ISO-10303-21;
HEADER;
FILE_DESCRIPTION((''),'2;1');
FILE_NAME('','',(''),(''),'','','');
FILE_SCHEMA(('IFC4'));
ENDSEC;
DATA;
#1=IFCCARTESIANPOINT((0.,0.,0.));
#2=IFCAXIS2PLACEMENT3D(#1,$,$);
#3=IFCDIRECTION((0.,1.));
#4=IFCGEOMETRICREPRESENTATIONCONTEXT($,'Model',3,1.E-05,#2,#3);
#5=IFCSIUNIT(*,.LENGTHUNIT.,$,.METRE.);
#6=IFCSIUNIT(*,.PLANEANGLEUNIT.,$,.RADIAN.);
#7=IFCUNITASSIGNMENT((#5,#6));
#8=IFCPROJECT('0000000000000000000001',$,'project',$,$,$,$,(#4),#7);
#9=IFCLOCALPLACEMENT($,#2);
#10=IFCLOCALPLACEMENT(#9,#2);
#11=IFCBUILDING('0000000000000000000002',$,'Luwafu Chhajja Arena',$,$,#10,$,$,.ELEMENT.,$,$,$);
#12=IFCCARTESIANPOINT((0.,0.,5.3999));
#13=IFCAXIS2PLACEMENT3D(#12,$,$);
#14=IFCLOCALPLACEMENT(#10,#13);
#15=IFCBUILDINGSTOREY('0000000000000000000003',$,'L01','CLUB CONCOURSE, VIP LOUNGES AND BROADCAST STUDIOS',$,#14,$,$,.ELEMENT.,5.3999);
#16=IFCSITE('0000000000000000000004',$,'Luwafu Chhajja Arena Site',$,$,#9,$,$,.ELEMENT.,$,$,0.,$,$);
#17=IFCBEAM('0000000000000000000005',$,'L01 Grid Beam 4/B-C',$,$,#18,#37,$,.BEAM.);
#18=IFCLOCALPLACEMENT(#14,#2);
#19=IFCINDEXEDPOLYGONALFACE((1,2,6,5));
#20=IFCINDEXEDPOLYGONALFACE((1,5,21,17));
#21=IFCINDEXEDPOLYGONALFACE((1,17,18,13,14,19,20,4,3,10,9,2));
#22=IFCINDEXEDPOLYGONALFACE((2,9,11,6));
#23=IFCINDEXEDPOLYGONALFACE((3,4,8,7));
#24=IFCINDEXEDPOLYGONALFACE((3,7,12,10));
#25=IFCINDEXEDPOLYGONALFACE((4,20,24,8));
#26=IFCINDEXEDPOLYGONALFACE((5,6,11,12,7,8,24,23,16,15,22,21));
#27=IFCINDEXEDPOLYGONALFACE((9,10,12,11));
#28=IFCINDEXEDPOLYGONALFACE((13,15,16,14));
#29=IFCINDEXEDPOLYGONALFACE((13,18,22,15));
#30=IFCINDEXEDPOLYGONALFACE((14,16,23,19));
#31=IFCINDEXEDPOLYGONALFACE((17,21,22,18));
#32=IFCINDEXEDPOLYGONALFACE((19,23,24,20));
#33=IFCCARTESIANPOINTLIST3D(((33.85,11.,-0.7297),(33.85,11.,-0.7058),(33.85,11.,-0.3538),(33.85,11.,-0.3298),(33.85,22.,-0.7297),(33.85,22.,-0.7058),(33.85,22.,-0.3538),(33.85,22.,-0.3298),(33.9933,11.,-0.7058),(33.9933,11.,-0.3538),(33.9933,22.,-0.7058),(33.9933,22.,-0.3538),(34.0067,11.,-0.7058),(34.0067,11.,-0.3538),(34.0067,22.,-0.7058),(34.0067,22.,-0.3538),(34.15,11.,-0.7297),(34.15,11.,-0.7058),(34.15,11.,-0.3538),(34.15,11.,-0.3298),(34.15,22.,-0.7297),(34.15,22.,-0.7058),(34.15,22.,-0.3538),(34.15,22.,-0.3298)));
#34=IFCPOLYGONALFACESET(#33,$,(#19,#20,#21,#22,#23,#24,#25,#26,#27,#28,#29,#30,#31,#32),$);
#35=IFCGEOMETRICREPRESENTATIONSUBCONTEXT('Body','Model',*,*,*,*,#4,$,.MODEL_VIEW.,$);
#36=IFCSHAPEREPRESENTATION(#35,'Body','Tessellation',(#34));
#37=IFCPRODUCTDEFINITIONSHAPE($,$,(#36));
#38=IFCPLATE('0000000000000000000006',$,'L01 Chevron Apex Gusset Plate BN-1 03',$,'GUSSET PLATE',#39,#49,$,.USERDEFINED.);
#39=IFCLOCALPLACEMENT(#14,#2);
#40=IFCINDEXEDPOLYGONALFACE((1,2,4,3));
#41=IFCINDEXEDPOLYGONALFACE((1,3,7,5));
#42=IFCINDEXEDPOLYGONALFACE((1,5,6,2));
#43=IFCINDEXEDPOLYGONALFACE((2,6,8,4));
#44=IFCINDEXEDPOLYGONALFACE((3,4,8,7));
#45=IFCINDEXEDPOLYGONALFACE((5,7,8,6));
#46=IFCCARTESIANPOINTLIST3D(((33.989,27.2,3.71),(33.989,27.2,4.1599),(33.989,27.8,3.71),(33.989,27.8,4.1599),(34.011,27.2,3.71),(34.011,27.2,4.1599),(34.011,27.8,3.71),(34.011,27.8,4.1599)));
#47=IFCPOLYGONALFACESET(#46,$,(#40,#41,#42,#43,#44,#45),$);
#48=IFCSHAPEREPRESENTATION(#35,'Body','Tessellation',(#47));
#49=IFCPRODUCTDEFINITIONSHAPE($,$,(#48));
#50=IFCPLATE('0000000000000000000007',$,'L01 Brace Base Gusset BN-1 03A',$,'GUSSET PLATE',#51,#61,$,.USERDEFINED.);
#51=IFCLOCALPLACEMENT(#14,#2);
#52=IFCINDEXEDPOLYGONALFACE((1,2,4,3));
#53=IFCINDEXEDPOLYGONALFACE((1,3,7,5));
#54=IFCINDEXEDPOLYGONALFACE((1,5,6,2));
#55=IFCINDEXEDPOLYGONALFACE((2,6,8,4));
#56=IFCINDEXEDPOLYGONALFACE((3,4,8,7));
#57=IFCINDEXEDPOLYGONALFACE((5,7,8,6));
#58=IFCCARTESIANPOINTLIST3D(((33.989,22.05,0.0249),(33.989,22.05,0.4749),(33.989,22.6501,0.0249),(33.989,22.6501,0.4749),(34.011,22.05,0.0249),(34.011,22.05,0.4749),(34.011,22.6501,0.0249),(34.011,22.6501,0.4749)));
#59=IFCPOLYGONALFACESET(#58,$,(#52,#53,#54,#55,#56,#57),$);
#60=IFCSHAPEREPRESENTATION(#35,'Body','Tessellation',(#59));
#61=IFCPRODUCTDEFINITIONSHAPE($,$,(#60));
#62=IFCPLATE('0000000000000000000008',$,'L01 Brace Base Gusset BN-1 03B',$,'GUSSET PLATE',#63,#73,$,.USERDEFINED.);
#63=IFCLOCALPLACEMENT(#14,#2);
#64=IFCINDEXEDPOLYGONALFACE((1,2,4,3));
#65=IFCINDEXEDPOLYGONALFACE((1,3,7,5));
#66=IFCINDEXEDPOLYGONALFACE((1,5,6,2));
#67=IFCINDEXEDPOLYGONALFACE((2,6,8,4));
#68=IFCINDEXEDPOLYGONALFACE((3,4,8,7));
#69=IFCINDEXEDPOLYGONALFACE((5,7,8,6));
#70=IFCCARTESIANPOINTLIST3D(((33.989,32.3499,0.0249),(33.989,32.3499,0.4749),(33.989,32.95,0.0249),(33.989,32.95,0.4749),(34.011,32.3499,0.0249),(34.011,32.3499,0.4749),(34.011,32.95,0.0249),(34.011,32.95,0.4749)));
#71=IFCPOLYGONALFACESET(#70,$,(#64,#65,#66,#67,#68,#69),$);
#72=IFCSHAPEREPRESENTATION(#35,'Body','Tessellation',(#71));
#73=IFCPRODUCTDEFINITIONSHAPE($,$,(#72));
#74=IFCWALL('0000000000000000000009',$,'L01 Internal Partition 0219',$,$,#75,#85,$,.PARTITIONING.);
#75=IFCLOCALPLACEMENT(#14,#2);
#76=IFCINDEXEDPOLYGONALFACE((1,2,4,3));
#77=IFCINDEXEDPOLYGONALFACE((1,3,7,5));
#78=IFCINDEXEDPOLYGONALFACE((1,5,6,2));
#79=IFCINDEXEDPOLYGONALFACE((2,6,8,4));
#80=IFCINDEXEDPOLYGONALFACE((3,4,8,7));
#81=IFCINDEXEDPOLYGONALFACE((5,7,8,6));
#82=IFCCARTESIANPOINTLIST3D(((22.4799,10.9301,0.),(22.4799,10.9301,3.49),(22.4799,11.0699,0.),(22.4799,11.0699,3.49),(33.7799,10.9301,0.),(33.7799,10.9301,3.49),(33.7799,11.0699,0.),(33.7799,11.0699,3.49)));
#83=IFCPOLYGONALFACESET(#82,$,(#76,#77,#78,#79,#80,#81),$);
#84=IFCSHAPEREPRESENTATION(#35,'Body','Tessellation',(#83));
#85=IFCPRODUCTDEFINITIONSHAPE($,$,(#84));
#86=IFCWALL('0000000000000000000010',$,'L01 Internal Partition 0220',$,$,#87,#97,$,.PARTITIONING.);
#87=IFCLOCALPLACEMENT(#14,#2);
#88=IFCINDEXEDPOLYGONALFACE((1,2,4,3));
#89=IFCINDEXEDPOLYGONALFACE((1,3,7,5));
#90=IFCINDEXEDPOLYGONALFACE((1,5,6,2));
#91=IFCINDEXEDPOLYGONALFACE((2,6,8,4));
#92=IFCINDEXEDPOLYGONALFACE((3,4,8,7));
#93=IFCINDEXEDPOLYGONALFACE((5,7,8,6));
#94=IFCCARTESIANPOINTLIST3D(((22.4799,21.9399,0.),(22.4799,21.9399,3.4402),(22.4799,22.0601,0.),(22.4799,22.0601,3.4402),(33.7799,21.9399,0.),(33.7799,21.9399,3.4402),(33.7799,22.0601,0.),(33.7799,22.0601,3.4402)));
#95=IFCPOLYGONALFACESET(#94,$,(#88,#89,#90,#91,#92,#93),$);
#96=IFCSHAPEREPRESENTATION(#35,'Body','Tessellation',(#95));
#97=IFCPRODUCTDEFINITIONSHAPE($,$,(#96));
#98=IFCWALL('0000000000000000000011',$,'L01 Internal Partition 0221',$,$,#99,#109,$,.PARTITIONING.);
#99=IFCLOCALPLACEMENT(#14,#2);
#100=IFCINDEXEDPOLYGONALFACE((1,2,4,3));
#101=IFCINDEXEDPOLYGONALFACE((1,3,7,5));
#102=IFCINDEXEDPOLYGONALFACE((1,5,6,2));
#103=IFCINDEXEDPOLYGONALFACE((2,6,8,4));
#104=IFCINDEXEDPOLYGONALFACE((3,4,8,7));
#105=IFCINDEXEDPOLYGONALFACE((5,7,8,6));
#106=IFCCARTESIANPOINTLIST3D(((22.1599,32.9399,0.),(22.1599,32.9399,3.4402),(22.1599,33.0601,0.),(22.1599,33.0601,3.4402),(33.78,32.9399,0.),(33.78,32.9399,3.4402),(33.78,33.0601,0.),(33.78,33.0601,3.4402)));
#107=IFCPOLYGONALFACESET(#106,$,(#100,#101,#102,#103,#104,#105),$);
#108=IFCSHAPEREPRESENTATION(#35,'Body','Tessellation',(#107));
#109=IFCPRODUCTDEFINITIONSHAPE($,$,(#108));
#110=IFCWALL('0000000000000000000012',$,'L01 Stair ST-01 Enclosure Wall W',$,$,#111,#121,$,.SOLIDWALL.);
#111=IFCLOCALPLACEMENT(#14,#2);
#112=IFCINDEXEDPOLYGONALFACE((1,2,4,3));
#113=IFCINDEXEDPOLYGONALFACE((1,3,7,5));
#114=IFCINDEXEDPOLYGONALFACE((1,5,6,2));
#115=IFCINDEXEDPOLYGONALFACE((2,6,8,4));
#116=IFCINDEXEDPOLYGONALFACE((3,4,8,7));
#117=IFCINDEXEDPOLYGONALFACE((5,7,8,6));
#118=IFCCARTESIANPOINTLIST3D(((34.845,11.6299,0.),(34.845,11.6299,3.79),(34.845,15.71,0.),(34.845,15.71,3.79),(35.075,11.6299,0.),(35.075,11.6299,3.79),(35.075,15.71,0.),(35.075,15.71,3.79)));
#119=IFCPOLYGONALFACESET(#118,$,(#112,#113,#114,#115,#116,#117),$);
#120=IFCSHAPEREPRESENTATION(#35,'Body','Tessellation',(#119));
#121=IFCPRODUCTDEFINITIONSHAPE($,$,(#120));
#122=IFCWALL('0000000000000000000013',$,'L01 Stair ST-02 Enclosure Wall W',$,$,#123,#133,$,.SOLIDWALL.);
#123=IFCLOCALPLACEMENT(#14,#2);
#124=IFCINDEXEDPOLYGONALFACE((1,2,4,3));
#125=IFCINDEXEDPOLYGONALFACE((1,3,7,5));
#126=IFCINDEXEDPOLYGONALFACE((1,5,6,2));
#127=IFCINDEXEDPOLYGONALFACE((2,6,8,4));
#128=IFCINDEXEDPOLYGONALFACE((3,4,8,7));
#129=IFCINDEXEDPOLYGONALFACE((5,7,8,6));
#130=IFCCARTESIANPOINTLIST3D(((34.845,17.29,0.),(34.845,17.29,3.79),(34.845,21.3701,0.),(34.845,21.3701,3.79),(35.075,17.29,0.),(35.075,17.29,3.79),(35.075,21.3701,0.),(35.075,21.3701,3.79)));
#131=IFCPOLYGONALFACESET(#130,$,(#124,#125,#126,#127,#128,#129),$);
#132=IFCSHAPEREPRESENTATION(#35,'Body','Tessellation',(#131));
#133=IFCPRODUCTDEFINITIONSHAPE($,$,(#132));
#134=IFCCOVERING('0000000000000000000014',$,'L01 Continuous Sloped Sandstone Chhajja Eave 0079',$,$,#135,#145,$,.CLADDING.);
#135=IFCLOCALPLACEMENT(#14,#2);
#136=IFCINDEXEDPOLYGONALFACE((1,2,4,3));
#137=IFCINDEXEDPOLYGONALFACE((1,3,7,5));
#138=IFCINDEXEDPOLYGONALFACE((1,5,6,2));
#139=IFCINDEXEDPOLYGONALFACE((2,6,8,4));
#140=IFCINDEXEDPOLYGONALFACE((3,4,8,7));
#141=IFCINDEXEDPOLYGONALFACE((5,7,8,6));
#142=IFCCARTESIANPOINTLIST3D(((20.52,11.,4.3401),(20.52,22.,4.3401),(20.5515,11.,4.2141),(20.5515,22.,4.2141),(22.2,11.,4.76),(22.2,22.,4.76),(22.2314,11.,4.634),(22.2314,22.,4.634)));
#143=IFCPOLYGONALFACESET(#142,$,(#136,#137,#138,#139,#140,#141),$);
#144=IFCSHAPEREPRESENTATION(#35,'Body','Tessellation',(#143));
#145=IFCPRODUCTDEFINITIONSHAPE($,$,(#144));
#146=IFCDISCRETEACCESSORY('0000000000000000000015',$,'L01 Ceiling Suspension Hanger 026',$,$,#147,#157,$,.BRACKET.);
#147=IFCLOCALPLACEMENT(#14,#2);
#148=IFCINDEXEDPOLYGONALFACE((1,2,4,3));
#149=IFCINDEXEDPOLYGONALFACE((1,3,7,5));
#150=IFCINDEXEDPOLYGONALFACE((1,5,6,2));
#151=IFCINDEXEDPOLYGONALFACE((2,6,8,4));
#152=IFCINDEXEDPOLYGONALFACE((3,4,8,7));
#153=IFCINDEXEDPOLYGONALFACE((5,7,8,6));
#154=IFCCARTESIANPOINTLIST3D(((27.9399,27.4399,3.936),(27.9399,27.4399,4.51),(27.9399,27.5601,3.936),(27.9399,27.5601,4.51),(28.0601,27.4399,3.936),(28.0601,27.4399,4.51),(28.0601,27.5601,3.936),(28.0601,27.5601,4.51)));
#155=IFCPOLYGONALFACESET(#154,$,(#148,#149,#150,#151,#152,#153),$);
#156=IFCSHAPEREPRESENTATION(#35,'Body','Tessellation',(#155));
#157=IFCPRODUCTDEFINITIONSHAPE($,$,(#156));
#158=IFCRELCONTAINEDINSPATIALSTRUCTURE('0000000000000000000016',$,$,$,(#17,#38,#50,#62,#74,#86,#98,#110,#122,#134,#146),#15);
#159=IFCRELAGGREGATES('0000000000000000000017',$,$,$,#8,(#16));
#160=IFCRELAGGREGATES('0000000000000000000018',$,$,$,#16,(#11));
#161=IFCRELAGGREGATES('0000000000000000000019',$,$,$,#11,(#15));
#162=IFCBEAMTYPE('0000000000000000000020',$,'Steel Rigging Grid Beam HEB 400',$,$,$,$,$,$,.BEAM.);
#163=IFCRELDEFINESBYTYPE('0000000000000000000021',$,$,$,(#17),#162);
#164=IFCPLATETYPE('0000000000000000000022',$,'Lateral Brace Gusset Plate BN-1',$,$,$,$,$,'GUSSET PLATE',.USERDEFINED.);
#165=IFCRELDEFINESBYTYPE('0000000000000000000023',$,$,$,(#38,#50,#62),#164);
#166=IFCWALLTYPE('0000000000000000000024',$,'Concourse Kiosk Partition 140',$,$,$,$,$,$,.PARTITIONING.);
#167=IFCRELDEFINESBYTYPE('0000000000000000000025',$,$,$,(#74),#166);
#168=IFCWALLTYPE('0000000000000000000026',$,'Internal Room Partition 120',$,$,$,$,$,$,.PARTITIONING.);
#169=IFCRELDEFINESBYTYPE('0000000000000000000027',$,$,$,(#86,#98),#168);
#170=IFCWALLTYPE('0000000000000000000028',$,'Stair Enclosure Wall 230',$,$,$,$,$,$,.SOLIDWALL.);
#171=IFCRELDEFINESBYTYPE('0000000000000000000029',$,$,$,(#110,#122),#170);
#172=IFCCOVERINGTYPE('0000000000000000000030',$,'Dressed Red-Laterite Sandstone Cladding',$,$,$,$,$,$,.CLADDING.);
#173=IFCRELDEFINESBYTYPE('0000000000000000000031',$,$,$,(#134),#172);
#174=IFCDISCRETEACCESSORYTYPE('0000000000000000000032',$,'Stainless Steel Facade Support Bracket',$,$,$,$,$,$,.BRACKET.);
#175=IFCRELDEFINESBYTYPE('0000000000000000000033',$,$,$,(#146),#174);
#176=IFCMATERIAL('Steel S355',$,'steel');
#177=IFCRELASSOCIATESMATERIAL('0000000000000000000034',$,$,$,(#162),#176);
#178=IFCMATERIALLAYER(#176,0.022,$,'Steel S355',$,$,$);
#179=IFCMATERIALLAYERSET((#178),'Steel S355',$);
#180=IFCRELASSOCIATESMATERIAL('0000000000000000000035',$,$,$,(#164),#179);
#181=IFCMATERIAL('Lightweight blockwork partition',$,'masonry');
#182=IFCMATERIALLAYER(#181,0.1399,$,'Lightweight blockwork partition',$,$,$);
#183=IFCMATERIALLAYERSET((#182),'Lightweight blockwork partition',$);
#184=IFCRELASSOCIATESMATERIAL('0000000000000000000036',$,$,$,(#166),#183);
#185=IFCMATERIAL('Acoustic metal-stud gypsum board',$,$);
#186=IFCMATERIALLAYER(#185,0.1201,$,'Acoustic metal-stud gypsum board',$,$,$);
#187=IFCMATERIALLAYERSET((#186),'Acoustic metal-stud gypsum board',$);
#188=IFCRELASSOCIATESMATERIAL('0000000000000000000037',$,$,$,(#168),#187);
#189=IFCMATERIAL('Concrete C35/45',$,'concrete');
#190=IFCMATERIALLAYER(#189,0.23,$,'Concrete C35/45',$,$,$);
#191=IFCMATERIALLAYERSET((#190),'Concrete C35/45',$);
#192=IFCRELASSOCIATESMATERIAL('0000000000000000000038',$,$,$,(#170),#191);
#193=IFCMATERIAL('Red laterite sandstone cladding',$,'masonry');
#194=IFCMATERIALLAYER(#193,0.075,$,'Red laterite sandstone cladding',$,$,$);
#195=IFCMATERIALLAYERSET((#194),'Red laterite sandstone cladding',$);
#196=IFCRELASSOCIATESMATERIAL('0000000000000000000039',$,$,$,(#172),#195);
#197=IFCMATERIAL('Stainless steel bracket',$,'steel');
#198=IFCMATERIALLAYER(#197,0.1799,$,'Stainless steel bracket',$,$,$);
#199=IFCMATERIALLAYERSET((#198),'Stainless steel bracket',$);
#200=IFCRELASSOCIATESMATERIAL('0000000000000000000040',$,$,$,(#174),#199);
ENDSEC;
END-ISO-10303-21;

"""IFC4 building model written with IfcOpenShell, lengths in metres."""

from ifc_helpers import new_model, si_unit, direction, frame, frame_2d, origin, origin_2d, place, context, subcontext, project, spatial, polyline, rectangle, i_section, outline, extrude, material, layer, layer_set, material_profile, profile_set, type_object, element, save


model = new_model("IFC4")

# Units and contexts
model_context = context("Model", 3, precision=1e-05, world=origin(), true_north=direction((0.0, 1.0)))
body_context = subcontext(model_context, "Body", "Model", "MODEL_VIEW")
ifc_project = project(units=[si_unit("LENGTHUNIT", "METRE"), si_unit("PLANEANGLEUNIT", "RADIAN")], contexts=[model_context])

# Site, building, storey
site_placement = place(None, origin())
site = spatial("IfcSite", under=ifc_project, at=site_placement, Name="Luwafu Chhajja Arena Site", CompositionType="ELEMENT", RefElevation=0.0)
building_placement = place(site_placement, origin())
building = spatial("IfcBuilding", under=site, at=building_placement, Name="Luwafu Chhajja Arena", CompositionType="ELEMENT")
storey_placement = place(building_placement, frame((0.0, 0.0, 5.3999)))
storey = spatial("IfcBuildingStorey", under=building, at=storey_placement, Name="L01", Description="CLUB CONCOURSE, VIP LOUNGES AND BROADCAST STUDIOS", CompositionType="ELEMENT", Elevation=5.3999)

# Shared definitions
ifc_material_1 = material(Name="Concrete C35/45", Category="concrete")

# Shared definitions
ifc_material_2 = material(Name="Steel S355", Category="steel")

# Beam
ifc_material_profile_1 = material_profile(ifc_material_2, i_section(OverallWidth=0.3, OverallDepth=0.3999, WebThickness=0.0134, FlangeThickness=0.0239, at=origin_2d()), Name="HEB 400")
ifc_profile_set_1 = profile_set([ifc_material_profile_1], Name="Steel S355")
beam_type_1 = type_object("IfcBeamType", Name="Steel Rigging Grid Beam HEB 400", PredefinedType="BEAM", material=ifc_profile_set_1)
beam_1_placement = place(storey_placement, frame((34.0, 11.0, -0.5298), z_axis=(0.0, 1.0, 0.0), x_axis=(-1.0, 0.0, 0.0)))
element("IfcBeam", 1, at=beam_1_placement, inside=storey, type_object=beam_type_1, Name="L01 Grid Beam 4/B-C", PredefinedType="BEAM", context=body_context, shape_type="SweptSolid", body=[
    extrude(i_section(OverallWidth=0.3, OverallDepth=0.3999, WebThickness=0.0134, FlangeThickness=0.0239, at=origin_2d()), origin(), (0.0, 0.0, 1.0), 11.0),
])

# Plates
ifc_layer_1 = layer(ifc_material_2, 0.022, Name="Steel S355")
ifc_layer_set_1 = layer_set([ifc_layer_1], Name="Steel S355")
plate_type = type_object("IfcPlateType", Name="Lateral Brace Gusset Plate BN-1", ElementType="GUSSET PLATE", PredefinedType="USERDEFINED", material=ifc_layer_set_1)
for number, where, z_axis, x_axis, name in (
    (2, (34.0, 27.5, 3.71), (0.0, 0.0, 1.0), (1.0, 0.0, 0.0), "L01 Chevron Apex Gusset Plate BN-1 03"),
    (3, (34.0, 22.3501, 0.0249), (0.0, 0.0, 1.0), (1.0, 0.0, 0.0), "L01 Brace Base Gusset BN-1 03A"),
    (4, (34.0, 32.6499, 0.0249), (0.0, 0.0, 1.0), (1.0, 0.0, 0.0), "L01 Brace Base Gusset BN-1 03B"),
):
    element("IfcPlate", number, at=place(storey_placement, frame(where, z_axis=z_axis, x_axis=x_axis)), inside=storey, type_object=plate_type, Name=name, ObjectType="GUSSET PLATE", PredefinedType="USERDEFINED", context=body_context, shape_type="SweptSolid", body=[
        extrude(rectangle(XDim=0.022, YDim=0.6001, at=origin_2d()), origin(), (0.0, 0.0, 1.0), 0.45),
    ])

# Walls
ifc_material_3 = material(Name="Lightweight blockwork partition", Category="masonry")
ifc_layer_2 = layer(ifc_material_3, 0.1399, Name="Lightweight blockwork partition")
ifc_layer_set_2 = layer_set([ifc_layer_2], Name="Lightweight blockwork partition")
wall_type_1 = type_object("IfcWallType", Name="Concourse Kiosk Partition 140", PredefinedType="PARTITIONING", material=ifc_layer_set_2)
wall_1_placement = place(storey_placement, frame((22.48, 11.0, 0.0), z_axis=(0.0, 0.0, 1.0), x_axis=(1.0, 0.0, 0.0)))
element("IfcWall", 5, at=wall_1_placement, inside=storey, type_object=wall_type_1, Name="L01 Internal Partition 0219", PredefinedType="PARTITIONING", context=body_context, shape_type="SweptSolid", body=[
    extrude(rectangle(XDim=11.3, YDim=0.1399, at=frame_2d((5.6499, 0.0))), origin(), (0.0, 0.0, 1.0), 3.49),
])
ifc_material_4 = material(Name="Acoustic metal-stud gypsum board")
ifc_layer_3 = layer(ifc_material_4, 0.1201, Name="Acoustic metal-stud gypsum board")
ifc_layer_set_3 = layer_set([ifc_layer_3], Name="Acoustic metal-stud gypsum board")
wall_type_2 = type_object("IfcWallType", Name="Internal Room Partition 120", PredefinedType="PARTITIONING", material=ifc_layer_set_3)
wall_2_placement = place(storey_placement, frame((22.48, 22.0, 0.0), z_axis=(0.0, 0.0, 1.0), x_axis=(1.0, 0.0, 0.0)))
element("IfcWall", 6, at=wall_2_placement, inside=storey, type_object=wall_type_2, Name="L01 Internal Partition 0220", PredefinedType="PARTITIONING", context=body_context, shape_type="SweptSolid", body=[
    extrude(rectangle(XDim=11.3, YDim=0.1201, at=frame_2d((5.6499, 0.0))), origin(), (0.0, 0.0, 1.0), 3.4402),
])
wall_3_placement = place(storey_placement, frame((22.1599, 33.0, 0.0), z_axis=(0.0, 0.0, 1.0), x_axis=(1.0, 0.0, 0.0)))
element("IfcWall", 7, at=wall_3_placement, inside=storey, type_object=wall_type_2, Name="L01 Internal Partition 0221", PredefinedType="PARTITIONING", context=body_context, shape_type="SweptSolid", body=[
    extrude(rectangle(XDim=11.6201, YDim=0.1201, at=frame_2d((5.8101, 0.0))), origin(), (0.0, 0.0, 1.0), 3.4402),
])
ifc_layer_4 = layer(ifc_material_1, 0.23, Name="Concrete C35/45")
ifc_layer_set_4 = layer_set([ifc_layer_4], Name="Concrete C35/45")
wall_type_3 = type_object("IfcWallType", Name="Stair Enclosure Wall 230", PredefinedType="SOLIDWALL", material=ifc_layer_set_4)
for number, where, z_axis, x_axis, name in (
    (8, (34.96, 11.6299, 0.0), (0.0, 0.0, 1.0), (0.0, 1.0, 0.0), "L01 Stair ST-01 Enclosure Wall W"),
    (9, (34.96, 17.29, 0.0), (0.0, 0.0, 1.0), (0.0, 1.0, 0.0), "L01 Stair ST-02 Enclosure Wall W"),
):
    element("IfcWall", number, at=place(storey_placement, frame(where, z_axis=z_axis, x_axis=x_axis)), inside=storey, type_object=wall_type_3, Name=name, PredefinedType="SOLIDWALL", context=body_context, shape_type="SweptSolid", body=[
        extrude(rectangle(XDim=4.0801, YDim=0.23, at=frame_2d((2.04, 0.0))), origin(), (0.0, 0.0, 1.0), 3.79),
    ])

# Covering
ifc_material_5 = material(Name="Red laterite sandstone cladding", Category="masonry")
ifc_layer_5 = layer(ifc_material_5, 0.075, Name="Red laterite sandstone cladding")
ifc_layer_set_5 = layer_set([ifc_layer_5], Name="Red laterite sandstone cladding")
covering_type = type_object("IfcCoveringType", Name="Dressed Red-Laterite Sandstone Cladding", PredefinedType="CLADDING", material=ifc_layer_set_5)
covering_placement = place(storey_placement, frame((22.2, 11.0, 4.76), z_axis=(-0.242502, 0.0, 0.970151), x_axis=(0.0, 1.0, 0.0)))
element("IfcCovering", 10, at=covering_placement, inside=storey, type_object=covering_type, Name="L01 Continuous Sloped Sandstone Chhajja Eave 0079", PredefinedType="CLADDING", context=body_context, shape_type="SweptSolid", body=[
    extrude(outline(polyline([(0.0, 0.0), (11.0, 0.0), (11.0, 1.7316), (0.0, 1.7316), (0.0, 0.0)])), origin(), (0.0, 0.0, -1.0), 0.1299),
])

# Discrete accessory
ifc_material_6 = material(Name="Stainless steel bracket", Category="steel")
ifc_layer_6 = layer(ifc_material_6, 0.1799, Name="Stainless steel bracket")
ifc_layer_set_6 = layer_set([ifc_layer_6], Name="Stainless steel bracket")
discrete_accessory_type = type_object("IfcDiscreteAccessoryType", Name="Stainless Steel Facade Support Bracket", PredefinedType="BRACKET", material=ifc_layer_set_6)
discrete_accessory_placement = place(storey_placement, frame((28.0, 27.5, 3.936), z_axis=(0.0, 0.0, 1.0), x_axis=(1.0, 0.0, 0.0)))
element("IfcDiscreteAccessory", 11, at=discrete_accessory_placement, inside=storey, type_object=discrete_accessory_type, Name="L01 Ceiling Suspension Hanger 026", PredefinedType="BRACKET", context=body_context, shape_type="SweptSolid", body=[
    extrude(rectangle(XDim=0.1201, YDim=0.1201, at=origin_2d()), origin(), (0.0, 0.0, 1.0), 0.574),
])

save(model, "model.ifc")
